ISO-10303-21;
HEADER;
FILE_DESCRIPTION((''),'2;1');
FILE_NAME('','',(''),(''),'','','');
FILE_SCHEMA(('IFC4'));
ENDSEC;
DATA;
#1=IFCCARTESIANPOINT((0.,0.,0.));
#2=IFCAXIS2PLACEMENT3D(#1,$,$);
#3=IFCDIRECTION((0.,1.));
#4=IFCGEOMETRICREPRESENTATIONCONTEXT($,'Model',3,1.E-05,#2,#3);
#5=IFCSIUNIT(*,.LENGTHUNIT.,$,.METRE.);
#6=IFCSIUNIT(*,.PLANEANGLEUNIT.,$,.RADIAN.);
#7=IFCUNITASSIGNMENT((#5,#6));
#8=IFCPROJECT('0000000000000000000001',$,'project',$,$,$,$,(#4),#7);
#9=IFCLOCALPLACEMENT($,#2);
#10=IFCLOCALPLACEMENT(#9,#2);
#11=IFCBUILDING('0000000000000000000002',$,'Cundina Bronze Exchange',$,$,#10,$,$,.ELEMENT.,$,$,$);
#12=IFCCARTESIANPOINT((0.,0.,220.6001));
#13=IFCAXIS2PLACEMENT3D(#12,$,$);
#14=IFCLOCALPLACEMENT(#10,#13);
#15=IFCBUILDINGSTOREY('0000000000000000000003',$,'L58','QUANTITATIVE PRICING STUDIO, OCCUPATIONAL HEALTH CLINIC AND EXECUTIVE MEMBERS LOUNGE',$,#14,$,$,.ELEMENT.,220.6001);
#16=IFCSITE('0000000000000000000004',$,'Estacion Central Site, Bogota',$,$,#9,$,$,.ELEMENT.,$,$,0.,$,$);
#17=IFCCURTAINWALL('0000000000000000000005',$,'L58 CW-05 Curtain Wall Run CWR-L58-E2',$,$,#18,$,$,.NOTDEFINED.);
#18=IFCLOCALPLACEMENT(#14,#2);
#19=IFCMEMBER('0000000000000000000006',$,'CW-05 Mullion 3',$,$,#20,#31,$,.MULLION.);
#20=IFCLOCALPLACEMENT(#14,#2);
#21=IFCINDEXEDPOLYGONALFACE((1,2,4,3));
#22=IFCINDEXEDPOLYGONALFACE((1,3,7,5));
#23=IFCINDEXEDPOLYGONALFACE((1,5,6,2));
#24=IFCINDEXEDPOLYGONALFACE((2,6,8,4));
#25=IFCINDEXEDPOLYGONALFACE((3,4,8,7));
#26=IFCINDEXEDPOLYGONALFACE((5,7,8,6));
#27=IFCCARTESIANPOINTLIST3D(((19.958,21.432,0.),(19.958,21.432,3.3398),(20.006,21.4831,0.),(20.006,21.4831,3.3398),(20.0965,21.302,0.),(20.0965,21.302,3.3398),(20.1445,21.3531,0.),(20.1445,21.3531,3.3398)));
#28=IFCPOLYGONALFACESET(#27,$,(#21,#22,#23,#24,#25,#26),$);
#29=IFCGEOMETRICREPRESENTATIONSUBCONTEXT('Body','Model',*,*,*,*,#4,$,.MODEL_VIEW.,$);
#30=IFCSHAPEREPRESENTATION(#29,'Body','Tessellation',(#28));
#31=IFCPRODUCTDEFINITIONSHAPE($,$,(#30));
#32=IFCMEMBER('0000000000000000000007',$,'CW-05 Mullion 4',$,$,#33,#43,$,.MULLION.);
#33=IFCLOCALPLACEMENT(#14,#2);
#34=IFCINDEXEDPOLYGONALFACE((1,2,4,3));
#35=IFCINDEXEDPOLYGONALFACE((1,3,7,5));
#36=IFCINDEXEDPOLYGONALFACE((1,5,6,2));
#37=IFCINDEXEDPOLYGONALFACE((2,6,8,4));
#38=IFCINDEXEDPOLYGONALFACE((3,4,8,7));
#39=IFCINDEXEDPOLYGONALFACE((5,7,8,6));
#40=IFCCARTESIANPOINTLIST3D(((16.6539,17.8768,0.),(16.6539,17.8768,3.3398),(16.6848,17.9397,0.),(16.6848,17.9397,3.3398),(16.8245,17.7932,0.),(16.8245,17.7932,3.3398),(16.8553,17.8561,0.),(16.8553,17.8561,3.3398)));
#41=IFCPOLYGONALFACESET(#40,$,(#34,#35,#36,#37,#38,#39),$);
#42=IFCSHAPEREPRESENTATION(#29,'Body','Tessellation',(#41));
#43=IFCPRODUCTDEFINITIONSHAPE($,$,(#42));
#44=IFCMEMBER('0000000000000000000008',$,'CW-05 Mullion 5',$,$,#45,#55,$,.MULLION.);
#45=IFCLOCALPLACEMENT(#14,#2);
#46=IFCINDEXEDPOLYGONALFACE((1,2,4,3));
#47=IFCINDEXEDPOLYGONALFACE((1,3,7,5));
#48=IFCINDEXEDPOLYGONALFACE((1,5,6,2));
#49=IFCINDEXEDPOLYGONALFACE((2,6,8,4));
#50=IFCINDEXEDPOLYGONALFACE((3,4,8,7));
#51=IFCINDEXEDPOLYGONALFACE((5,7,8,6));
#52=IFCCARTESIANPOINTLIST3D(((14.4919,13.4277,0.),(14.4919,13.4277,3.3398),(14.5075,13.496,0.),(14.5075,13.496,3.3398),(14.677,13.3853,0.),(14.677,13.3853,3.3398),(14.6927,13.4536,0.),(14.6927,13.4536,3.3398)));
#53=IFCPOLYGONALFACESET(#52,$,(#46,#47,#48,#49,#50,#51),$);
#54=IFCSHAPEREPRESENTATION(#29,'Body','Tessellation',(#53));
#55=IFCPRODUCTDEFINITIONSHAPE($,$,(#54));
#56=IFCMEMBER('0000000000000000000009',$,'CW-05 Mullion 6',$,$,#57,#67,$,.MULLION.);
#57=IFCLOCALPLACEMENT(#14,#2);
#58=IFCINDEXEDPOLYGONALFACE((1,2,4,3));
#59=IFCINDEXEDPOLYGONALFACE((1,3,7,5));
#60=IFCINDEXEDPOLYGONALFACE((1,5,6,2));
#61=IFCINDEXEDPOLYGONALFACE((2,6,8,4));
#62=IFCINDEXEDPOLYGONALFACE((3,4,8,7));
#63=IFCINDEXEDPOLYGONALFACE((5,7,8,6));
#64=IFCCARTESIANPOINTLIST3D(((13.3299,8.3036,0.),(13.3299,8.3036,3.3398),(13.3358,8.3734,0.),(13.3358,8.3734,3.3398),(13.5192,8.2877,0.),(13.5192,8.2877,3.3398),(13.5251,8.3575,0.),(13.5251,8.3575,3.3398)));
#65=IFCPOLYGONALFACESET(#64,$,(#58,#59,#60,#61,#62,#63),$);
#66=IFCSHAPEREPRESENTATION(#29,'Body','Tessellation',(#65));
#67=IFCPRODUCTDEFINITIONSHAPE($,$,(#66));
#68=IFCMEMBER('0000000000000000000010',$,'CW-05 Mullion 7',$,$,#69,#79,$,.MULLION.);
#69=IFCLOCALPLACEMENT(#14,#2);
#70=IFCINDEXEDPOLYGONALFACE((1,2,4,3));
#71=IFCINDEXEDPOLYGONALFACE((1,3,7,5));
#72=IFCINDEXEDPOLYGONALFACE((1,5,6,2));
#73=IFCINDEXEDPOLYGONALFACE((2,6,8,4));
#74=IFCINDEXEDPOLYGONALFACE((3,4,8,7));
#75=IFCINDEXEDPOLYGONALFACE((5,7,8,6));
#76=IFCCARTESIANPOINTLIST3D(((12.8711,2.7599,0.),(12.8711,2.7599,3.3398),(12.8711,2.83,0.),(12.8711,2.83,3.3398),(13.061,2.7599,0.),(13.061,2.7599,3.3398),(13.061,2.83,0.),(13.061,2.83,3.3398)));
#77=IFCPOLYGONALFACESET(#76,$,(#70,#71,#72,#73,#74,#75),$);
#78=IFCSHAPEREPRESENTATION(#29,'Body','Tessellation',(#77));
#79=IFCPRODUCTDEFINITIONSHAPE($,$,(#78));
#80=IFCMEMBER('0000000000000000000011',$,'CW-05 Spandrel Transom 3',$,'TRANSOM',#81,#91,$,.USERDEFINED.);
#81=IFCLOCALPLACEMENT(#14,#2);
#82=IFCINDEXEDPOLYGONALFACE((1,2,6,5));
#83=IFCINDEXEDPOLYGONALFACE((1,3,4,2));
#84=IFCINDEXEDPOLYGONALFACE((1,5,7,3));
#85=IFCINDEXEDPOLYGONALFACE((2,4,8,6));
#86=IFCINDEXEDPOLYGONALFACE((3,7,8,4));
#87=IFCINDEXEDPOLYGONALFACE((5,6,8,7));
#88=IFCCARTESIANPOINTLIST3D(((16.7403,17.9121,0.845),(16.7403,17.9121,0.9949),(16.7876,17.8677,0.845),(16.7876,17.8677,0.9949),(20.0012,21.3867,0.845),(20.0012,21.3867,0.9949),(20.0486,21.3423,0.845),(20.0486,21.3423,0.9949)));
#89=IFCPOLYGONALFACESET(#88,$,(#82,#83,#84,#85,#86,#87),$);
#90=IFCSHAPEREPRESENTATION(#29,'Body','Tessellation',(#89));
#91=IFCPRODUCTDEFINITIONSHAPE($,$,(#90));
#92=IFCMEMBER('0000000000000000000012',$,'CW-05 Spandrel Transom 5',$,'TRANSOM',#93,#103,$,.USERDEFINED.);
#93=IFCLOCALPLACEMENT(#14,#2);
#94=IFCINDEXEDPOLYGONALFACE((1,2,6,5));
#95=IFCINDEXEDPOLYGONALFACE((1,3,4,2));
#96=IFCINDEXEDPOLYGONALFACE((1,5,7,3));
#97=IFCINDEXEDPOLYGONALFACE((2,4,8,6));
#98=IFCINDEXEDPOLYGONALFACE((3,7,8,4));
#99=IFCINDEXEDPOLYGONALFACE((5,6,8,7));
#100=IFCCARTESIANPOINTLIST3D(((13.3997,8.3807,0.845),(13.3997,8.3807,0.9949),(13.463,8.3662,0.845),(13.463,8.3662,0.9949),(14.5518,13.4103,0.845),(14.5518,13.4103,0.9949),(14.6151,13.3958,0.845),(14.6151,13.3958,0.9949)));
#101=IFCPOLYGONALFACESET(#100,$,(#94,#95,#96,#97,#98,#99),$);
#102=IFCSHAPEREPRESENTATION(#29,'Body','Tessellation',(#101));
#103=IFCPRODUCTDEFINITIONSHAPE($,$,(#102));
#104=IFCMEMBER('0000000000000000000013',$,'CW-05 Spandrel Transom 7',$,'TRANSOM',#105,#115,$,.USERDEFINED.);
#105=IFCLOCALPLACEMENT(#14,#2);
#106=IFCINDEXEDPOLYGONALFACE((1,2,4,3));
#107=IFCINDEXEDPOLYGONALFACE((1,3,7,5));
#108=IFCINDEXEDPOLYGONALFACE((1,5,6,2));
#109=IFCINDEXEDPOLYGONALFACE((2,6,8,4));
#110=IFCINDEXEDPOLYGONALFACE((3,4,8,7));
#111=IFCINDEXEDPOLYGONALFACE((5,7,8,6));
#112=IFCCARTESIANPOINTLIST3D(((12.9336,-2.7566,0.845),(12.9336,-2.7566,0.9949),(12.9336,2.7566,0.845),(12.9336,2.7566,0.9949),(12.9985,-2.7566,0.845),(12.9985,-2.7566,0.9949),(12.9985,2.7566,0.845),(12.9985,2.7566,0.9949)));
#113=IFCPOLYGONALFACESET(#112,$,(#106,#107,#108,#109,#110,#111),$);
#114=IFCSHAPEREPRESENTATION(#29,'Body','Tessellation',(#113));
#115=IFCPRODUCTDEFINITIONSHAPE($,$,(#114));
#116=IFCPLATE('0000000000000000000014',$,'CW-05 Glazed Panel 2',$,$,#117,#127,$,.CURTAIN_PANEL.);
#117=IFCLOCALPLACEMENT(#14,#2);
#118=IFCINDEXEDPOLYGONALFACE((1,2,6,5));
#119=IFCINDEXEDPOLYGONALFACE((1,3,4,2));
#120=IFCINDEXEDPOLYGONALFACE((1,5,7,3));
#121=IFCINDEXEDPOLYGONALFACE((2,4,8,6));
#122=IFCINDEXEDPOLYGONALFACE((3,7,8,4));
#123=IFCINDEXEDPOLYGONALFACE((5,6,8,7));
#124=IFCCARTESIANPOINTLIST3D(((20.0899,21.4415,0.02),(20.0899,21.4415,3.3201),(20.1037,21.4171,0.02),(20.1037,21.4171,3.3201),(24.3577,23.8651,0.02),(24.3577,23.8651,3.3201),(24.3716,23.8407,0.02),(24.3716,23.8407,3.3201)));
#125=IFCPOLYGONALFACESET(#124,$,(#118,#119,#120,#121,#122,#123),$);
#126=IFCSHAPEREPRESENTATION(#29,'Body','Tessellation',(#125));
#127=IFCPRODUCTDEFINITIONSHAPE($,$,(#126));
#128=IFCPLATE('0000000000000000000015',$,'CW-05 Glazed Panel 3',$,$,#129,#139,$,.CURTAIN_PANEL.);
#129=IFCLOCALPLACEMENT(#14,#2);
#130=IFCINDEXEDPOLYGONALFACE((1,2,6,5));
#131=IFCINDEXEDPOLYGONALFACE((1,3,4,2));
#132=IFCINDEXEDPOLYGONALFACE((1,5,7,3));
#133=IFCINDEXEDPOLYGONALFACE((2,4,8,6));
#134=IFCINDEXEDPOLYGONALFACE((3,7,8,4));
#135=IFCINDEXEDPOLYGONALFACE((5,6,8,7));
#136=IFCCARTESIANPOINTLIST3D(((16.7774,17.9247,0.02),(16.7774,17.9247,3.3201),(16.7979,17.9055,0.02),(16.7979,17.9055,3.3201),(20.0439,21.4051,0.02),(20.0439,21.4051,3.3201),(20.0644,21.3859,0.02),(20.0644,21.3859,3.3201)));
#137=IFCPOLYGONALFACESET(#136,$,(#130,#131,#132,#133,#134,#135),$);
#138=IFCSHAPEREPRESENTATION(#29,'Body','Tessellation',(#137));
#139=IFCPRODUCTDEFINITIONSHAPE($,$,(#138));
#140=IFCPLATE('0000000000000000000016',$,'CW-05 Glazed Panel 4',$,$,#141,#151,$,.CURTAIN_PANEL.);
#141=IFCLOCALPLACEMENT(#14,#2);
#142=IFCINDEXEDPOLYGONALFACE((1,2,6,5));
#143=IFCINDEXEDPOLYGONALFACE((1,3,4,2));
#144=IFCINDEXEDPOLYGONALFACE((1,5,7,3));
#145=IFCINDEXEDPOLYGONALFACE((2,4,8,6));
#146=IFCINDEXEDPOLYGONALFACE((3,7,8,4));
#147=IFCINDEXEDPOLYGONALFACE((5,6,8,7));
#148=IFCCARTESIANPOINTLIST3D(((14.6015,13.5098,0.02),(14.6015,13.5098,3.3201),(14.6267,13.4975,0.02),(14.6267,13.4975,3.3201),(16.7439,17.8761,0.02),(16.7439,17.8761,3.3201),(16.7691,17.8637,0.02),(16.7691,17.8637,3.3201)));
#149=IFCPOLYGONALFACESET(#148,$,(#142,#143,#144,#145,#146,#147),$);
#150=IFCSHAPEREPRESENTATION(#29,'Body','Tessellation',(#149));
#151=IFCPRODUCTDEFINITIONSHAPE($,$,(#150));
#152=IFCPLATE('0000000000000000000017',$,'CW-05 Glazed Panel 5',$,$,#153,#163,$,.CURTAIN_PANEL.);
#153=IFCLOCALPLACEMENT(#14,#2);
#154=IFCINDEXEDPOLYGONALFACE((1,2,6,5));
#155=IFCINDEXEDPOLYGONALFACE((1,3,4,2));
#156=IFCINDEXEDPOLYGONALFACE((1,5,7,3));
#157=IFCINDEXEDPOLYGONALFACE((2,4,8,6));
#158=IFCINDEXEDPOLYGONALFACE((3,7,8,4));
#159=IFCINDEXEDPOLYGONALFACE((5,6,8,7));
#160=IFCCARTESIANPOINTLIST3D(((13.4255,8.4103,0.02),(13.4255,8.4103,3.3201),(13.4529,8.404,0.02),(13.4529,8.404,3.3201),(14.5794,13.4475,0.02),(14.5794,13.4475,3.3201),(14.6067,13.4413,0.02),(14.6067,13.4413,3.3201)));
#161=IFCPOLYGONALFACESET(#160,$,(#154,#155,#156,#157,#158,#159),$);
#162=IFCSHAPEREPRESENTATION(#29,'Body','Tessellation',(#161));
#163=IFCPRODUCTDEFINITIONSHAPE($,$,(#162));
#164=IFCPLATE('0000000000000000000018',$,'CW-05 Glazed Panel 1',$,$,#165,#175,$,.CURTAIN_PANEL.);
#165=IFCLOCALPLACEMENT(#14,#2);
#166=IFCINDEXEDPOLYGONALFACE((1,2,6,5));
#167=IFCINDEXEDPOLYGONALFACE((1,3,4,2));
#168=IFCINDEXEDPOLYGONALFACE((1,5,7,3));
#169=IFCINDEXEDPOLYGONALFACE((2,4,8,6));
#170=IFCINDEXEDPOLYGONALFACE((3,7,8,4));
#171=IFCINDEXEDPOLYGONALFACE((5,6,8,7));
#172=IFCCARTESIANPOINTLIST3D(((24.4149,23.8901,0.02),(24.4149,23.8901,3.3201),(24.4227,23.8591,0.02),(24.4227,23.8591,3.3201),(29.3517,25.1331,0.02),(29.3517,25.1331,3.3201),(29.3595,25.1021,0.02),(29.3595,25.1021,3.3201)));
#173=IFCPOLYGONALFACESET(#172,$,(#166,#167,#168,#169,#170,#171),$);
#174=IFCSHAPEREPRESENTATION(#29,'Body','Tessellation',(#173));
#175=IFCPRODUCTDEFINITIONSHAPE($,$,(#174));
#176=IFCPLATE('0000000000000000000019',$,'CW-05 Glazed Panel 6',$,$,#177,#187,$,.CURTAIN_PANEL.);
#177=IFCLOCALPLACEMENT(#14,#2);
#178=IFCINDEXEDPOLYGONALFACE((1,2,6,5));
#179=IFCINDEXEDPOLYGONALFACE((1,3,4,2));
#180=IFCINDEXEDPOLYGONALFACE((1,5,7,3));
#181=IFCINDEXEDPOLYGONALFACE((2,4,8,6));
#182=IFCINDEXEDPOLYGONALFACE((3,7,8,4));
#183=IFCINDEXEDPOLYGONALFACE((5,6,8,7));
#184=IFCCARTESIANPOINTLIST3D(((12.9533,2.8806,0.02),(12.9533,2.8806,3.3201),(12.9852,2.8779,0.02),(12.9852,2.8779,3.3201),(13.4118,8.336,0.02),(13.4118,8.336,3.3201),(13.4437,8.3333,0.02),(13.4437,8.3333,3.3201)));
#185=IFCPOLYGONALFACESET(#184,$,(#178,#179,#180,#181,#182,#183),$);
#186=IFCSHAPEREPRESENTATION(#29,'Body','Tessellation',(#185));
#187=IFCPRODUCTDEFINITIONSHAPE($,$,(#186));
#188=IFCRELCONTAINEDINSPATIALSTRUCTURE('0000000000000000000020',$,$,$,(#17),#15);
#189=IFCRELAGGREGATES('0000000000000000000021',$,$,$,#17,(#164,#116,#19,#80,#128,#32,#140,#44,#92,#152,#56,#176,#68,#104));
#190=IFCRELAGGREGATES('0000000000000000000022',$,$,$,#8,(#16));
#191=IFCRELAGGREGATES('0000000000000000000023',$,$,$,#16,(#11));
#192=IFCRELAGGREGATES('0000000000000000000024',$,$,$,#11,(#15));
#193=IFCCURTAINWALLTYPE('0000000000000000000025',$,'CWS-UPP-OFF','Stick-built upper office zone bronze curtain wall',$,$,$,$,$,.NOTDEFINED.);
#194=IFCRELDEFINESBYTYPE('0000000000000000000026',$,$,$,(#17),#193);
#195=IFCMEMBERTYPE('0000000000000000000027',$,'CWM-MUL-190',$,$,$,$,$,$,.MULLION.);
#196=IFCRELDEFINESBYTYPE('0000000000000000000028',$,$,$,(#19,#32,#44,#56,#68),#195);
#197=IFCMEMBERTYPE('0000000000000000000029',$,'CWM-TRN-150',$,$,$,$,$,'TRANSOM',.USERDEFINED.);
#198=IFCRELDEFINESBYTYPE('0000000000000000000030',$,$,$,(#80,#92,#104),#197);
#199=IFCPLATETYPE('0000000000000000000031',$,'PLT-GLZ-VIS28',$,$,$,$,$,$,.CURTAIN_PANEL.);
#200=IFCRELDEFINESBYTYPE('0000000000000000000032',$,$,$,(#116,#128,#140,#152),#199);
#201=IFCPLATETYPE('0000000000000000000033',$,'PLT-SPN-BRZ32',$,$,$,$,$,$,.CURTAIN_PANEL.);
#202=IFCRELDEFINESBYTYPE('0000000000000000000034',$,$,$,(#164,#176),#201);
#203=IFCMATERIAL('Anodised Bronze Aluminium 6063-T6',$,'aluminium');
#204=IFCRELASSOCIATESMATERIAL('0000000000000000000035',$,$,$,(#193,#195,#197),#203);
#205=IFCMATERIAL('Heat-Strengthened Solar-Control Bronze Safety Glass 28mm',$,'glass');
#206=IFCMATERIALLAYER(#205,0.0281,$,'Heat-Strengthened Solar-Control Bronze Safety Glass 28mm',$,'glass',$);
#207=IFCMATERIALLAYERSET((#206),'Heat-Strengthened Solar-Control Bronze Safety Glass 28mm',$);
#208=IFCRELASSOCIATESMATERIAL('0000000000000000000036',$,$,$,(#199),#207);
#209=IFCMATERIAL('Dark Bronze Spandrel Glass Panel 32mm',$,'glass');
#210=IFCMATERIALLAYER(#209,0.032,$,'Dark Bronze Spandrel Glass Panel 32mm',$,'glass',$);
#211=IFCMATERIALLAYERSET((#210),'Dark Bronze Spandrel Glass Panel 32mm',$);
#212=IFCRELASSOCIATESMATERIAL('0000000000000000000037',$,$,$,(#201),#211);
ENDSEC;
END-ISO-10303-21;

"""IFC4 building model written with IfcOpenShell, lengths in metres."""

from ifc_helpers import new_model, si_unit, direction, frame, origin, origin_2d, place, context, subcontext, project, spatial, rectangle, extrude, material, layer, layer_set, material_profile, profile_set, type_object, element, aggregate, save


model = new_model("IFC4")

# Units and contexts
model_context = context("Model", 3, precision=1e-05, world=origin(), true_north=direction((0.0, 1.0)))
body_context = subcontext(model_context, "Body", "Model", "MODEL_VIEW")
ifc_project = project(units=[si_unit("LENGTHUNIT", "METRE"), si_unit("PLANEANGLEUNIT", "RADIAN")], contexts=[model_context])

# Site, building, storey
site_placement = place(None, origin())
site = spatial("IfcSite", under=ifc_project, at=site_placement, Name="Estacion Central Site, Bogota", CompositionType="ELEMENT", RefElevation=0.0)
building_placement = place(site_placement, origin())
building = spatial("IfcBuilding", under=site, at=building_placement, Name="Cundina Bronze Exchange", CompositionType="ELEMENT")
storey_placement = place(building_placement, frame((0.0, 0.0, 220.6001)))
storey = spatial("IfcBuildingStorey", under=building, at=storey_placement, Name="L58", Description="QUANTITATIVE PRICING STUDIO, OCCUPATIONAL HEALTH CLINIC AND EXECUTIVE MEMBERS LOUNGE", CompositionType="ELEMENT", Elevation=220.6001)

# Curtain wall, members, plates
ifc_material_1 = material(Name="Anodised Bronze Aluminium 6063-T6", Category="aluminium")
curtain_wall_type = type_object("IfcCurtainWallType", Name="CWS-UPP-OFF", Description="Stick-built upper office zone bronze curtain wall", PredefinedType="NOTDEFINED", material=ifc_material_1)
curtain_wall_placement = place(storey_placement, origin())
curtain_wall = element("IfcCurtainWall", 1, at=curtain_wall_placement, inside=storey, type_object=curtain_wall_type, Name="L58 CW-05 Curtain Wall Run CWR-L58-E2", PredefinedType="NOTDEFINED")
ifc_material_profile_1 = material_profile(ifc_material_1, rectangle(XDim=0.0701, YDim=0.1899, at=origin_2d()), Name="AL70X190", Category="aluminium")
ifc_profile_set_1 = profile_set([ifc_material_profile_1], Name="Anodised Bronze Aluminium 6063-T6")
member_type_1 = type_object("IfcMemberType", Name="CWM-MUL-190", PredefinedType="MULLION", material=ifc_profile_set_1)
member_1_placement = place(storey_placement, frame((20.0513, 21.3926, 0.0), z_axis=(0.0, 0.0, 1.0), x_axis=(-0.684293, -0.729208, 0.0)))
member_1 = element("IfcMember", 2, at=member_1_placement, type_object=member_type_1, Name="CW-05 Mullion 3", PredefinedType="MULLION", context=body_context, shape_type="SweptSolid", body=[
    extrude(rectangle(XDim=0.0701, YDim=0.1899, at=origin_2d()), origin(), (0.0, 0.0, 1.0), 3.3398),
])
member_2_placement = place(storey_placement, frame((16.7546, 17.8665, 0.0), z_axis=(0.0, 0.0, 1.0), x_axis=(-0.440566, -0.89772, 0.0)))
member_2 = element("IfcMember", 3, at=member_2_placement, type_object=member_type_1, Name="CW-05 Mullion 4", PredefinedType="MULLION", context=body_context, shape_type="SweptSolid", body=[
    extrude(rectangle(XDim=0.0701, YDim=0.1899, at=origin_2d()), origin(), (0.0, 0.0, 1.0), 3.3398),
])
member_3_placement = place(storey_placement, frame((14.5923, 13.4407, 0.0), z_axis=(0.0, 0.0, 1.0), x_axis=(-0.22325, -0.974761, 0.0)))
member_3 = element("IfcMember", 4, at=member_3_placement, type_object=member_type_1, Name="CW-05 Mullion 5", PredefinedType="MULLION", context=body_context, shape_type="SweptSolid", body=[
    extrude(rectangle(XDim=0.0701, YDim=0.1899, at=origin_2d()), origin(), (0.0, 0.0, 1.0), 3.3398),
])
member_4_placement = place(storey_placement, frame((13.4275, 8.3306, 0.0), z_axis=(0.0, 0.0, 1.0), x_axis=(-0.083678, -0.996493, 0.0)))
member_4 = element("IfcMember", 5, at=member_4_placement, type_object=member_type_1, Name="CW-05 Mullion 6", PredefinedType="MULLION", context=body_context, shape_type="SweptSolid", body=[
    extrude(rectangle(XDim=0.0701, YDim=0.1899, at=origin_2d()), origin(), (0.0, 0.0, 1.0), 3.3398),
])
member_5_placement = place(storey_placement, frame((12.9661, 2.7949, 0.0), z_axis=(0.0, 0.0, 1.0), x_axis=(0.0, -1.0, 0.0)))
member_5 = element("IfcMember", 6, at=member_5_placement, type_object=member_type_1, Name="CW-05 Mullion 7", PredefinedType="MULLION", context=body_context, shape_type="SweptSolid", body=[
    extrude(rectangle(XDim=0.0701, YDim=0.1899, at=origin_2d()), origin(), (0.0, 0.0, 1.0), 3.3398),
])
ifc_material_profile_2 = material_profile(ifc_material_1, rectangle(XDim=0.0649, YDim=0.1499, at=origin_2d()), Name="AL65X150", Category="aluminium")
ifc_profile_set_2 = profile_set([ifc_material_profile_2], Name="Anodised Bronze Aluminium 6063-T6")
member_type_2 = type_object("IfcMemberType", Name="CWM-TRN-150", ElementType="TRANSOM", PredefinedType="USERDEFINED", material=ifc_profile_set_2)
member_6_placement = place(storey_placement, frame((20.0249, 21.3645, 0.9199), z_axis=(-0.684336, -0.729166, 0.0), x_axis=(0.729166, -0.684336, 0.0)))
member_6 = element("IfcMember", 7, at=member_6_placement, type_object=member_type_2, Name="CW-05 Spandrel Transom 3", ObjectType="TRANSOM", PredefinedType="USERDEFINED", context=body_context, shape_type="SweptSolid", body=[
    extrude(rectangle(XDim=0.0649, YDim=0.1499, at=origin_2d()), origin(), (0.0, 0.0, 1.0), 4.7651),
])
member_7_placement = place(storey_placement, frame((14.5835, 13.4031, 0.9199), z_axis=(-0.223283, -0.974754, 0.0), x_axis=(0.974754, -0.223283, 0.0)))
member_7 = element("IfcMember", 8, at=member_7_placement, type_object=member_type_2, Name="CW-05 Spandrel Transom 5", ObjectType="TRANSOM", PredefinedType="USERDEFINED", context=body_context, shape_type="SweptSolid", body=[
    extrude(rectangle(XDim=0.0649, YDim=0.1499, at=origin_2d()), origin(), (0.0, 0.0, 1.0), 5.1599),
])
member_8_placement = place(storey_placement, frame((12.9661, 2.7566, 0.9199), z_axis=(0.0, -1.0, 0.0), x_axis=(1.0, 0.0, 0.0)))
member_8 = element("IfcMember", 9, at=member_8_placement, type_object=member_type_2, Name="CW-05 Spandrel Transom 7", ObjectType="TRANSOM", PredefinedType="USERDEFINED", context=body_context, shape_type="SweptSolid", body=[
    extrude(rectangle(XDim=0.0649, YDim=0.1499, at=origin_2d()), origin(), (0.0, 0.0, 1.0), 5.5132),
])
ifc_material_2 = material(Name="Heat-Strengthened Solar-Control Bronze Safety Glass 28mm", Category="glass")
ifc_layer_1 = layer(ifc_material_2, 0.0281, Name="Heat-Strengthened Solar-Control Bronze Safety Glass 28mm", Category="glass")
ifc_layer_set_1 = layer_set([ifc_layer_1], Name="Heat-Strengthened Solar-Control Bronze Safety Glass 28mm")
plate_type_1 = type_object("IfcPlateType", Name="PLT-GLZ-VIS28", PredefinedType="CURTAIN_PANEL", material=ifc_layer_set_1)
plate_1_placement = place(storey_placement, frame((22.2307, 22.6411, 0.02), z_axis=(0.0, 0.0, 1.0), x_axis=(-0.869573, -0.493805, 0.0)))
plate_1 = element("IfcPlate", 10, at=plate_1_placement, type_object=plate_type_1, Name="CW-05 Glazed Panel 2", PredefinedType="CURTAIN_PANEL", context=body_context, shape_type="SweptSolid", body=[
    extrude(rectangle(XDim=4.908, YDim=0.0281, at=origin_2d()), origin(), (0.0, 0.0, 1.0), 3.3),
])
plate_2_placement = place(storey_placement, frame((18.4209, 19.6553, 0.02), z_axis=(0.0, 0.0, 1.0), x_axis=(-0.684344, -0.72916, 0.0)))
plate_2 = element("IfcPlate", 11, at=plate_2_placement, type_object=plate_type_1, Name="CW-05 Glazed Panel 3", PredefinedType="CURTAIN_PANEL", context=body_context, shape_type="SweptSolid", body=[
    extrude(rectangle(XDim=4.7732, YDim=0.0281, at=origin_2d()), origin(), (0.0, 0.0, 1.0), 3.3),
])
plate_3_placement = place(storey_placement, frame((15.6853, 15.6868, 0.02), z_axis=(0.0, 0.0, 1.0), x_axis=(-0.440503, -0.897751, 0.0)))
plate_3 = element("IfcPlate", 12, at=plate_3_placement, type_object=plate_type_1, Name="CW-05 Glazed Panel 4", PredefinedType="CURTAIN_PANEL", context=body_context, shape_type="SweptSolid", body=[
    extrude(rectangle(XDim=4.8635, YDim=0.0281, at=origin_2d()), origin(), (0.0, 0.0, 1.0), 3.3),
])
plate_4_placement = place(storey_placement, frame((14.0161, 10.9258, 0.02), z_axis=(0.0, 0.0, 1.0), x_axis=(-0.223284, -0.974753, 0.0)))
plate_4 = element("IfcPlate", 13, at=plate_4_placement, type_object=plate_type_1, Name="CW-05 Glazed Panel 5", PredefinedType="CURTAIN_PANEL", context=body_context, shape_type="SweptSolid", body=[
    extrude(rectangle(XDim=5.1677, YDim=0.0281, at=origin_2d()), origin(), (0.0, 0.0, 1.0), 3.3),
])
ifc_material_3 = material(Name="Dark Bronze Spandrel Glass Panel 32mm", Category="glass")
ifc_layer_2 = layer(ifc_material_3, 0.032, Name="Dark Bronze Spandrel Glass Panel 32mm", Category="glass")
ifc_layer_set_2 = layer_set([ifc_layer_2], Name="Dark Bronze Spandrel Glass Panel 32mm")
plate_type_2 = type_object("IfcPlateType", Name="PLT-SPN-BRZ32", PredefinedType="CURTAIN_PANEL", material=ifc_layer_set_2)
plate_5_placement = place(storey_placement, frame((26.8872, 24.4961, 0.02), z_axis=(0.0, 0.0, 1.0), x_axis=(-0.969732, -0.244174, 0.0)))
plate_5 = element("IfcPlate", 14, at=plate_5_placement, type_object=plate_type_2, Name="CW-05 Glazed Panel 1", PredefinedType="CURTAIN_PANEL", context=body_context, shape_type="SweptSolid", body=[
    extrude(rectangle(XDim=5.0908, YDim=0.032, at=origin_2d()), origin(), (0.0, 0.0, 1.0), 3.3),
])
plate_6_placement = place(storey_placement, frame((13.1985, 5.6069, 0.02), z_axis=(0.0, 0.0, 1.0), x_axis=(-0.083747, -0.996487, 0.0)))
plate_6 = element("IfcPlate", 15, at=plate_6_placement, type_object=plate_type_2, Name="CW-05 Glazed Panel 6", PredefinedType="CURTAIN_PANEL", context=body_context, shape_type="SweptSolid", body=[
    extrude(rectangle(XDim=5.4746, YDim=0.032, at=origin_2d()), origin(), (0.0, 0.0, 1.0), 3.3),
])
aggregate(curtain_wall, [plate_5, plate_1, member_1, member_6, plate_2, member_2, plate_3, member_3, member_7, plate_4, member_4, plate_6, member_5, member_8])

save(model, "model.ifc")
